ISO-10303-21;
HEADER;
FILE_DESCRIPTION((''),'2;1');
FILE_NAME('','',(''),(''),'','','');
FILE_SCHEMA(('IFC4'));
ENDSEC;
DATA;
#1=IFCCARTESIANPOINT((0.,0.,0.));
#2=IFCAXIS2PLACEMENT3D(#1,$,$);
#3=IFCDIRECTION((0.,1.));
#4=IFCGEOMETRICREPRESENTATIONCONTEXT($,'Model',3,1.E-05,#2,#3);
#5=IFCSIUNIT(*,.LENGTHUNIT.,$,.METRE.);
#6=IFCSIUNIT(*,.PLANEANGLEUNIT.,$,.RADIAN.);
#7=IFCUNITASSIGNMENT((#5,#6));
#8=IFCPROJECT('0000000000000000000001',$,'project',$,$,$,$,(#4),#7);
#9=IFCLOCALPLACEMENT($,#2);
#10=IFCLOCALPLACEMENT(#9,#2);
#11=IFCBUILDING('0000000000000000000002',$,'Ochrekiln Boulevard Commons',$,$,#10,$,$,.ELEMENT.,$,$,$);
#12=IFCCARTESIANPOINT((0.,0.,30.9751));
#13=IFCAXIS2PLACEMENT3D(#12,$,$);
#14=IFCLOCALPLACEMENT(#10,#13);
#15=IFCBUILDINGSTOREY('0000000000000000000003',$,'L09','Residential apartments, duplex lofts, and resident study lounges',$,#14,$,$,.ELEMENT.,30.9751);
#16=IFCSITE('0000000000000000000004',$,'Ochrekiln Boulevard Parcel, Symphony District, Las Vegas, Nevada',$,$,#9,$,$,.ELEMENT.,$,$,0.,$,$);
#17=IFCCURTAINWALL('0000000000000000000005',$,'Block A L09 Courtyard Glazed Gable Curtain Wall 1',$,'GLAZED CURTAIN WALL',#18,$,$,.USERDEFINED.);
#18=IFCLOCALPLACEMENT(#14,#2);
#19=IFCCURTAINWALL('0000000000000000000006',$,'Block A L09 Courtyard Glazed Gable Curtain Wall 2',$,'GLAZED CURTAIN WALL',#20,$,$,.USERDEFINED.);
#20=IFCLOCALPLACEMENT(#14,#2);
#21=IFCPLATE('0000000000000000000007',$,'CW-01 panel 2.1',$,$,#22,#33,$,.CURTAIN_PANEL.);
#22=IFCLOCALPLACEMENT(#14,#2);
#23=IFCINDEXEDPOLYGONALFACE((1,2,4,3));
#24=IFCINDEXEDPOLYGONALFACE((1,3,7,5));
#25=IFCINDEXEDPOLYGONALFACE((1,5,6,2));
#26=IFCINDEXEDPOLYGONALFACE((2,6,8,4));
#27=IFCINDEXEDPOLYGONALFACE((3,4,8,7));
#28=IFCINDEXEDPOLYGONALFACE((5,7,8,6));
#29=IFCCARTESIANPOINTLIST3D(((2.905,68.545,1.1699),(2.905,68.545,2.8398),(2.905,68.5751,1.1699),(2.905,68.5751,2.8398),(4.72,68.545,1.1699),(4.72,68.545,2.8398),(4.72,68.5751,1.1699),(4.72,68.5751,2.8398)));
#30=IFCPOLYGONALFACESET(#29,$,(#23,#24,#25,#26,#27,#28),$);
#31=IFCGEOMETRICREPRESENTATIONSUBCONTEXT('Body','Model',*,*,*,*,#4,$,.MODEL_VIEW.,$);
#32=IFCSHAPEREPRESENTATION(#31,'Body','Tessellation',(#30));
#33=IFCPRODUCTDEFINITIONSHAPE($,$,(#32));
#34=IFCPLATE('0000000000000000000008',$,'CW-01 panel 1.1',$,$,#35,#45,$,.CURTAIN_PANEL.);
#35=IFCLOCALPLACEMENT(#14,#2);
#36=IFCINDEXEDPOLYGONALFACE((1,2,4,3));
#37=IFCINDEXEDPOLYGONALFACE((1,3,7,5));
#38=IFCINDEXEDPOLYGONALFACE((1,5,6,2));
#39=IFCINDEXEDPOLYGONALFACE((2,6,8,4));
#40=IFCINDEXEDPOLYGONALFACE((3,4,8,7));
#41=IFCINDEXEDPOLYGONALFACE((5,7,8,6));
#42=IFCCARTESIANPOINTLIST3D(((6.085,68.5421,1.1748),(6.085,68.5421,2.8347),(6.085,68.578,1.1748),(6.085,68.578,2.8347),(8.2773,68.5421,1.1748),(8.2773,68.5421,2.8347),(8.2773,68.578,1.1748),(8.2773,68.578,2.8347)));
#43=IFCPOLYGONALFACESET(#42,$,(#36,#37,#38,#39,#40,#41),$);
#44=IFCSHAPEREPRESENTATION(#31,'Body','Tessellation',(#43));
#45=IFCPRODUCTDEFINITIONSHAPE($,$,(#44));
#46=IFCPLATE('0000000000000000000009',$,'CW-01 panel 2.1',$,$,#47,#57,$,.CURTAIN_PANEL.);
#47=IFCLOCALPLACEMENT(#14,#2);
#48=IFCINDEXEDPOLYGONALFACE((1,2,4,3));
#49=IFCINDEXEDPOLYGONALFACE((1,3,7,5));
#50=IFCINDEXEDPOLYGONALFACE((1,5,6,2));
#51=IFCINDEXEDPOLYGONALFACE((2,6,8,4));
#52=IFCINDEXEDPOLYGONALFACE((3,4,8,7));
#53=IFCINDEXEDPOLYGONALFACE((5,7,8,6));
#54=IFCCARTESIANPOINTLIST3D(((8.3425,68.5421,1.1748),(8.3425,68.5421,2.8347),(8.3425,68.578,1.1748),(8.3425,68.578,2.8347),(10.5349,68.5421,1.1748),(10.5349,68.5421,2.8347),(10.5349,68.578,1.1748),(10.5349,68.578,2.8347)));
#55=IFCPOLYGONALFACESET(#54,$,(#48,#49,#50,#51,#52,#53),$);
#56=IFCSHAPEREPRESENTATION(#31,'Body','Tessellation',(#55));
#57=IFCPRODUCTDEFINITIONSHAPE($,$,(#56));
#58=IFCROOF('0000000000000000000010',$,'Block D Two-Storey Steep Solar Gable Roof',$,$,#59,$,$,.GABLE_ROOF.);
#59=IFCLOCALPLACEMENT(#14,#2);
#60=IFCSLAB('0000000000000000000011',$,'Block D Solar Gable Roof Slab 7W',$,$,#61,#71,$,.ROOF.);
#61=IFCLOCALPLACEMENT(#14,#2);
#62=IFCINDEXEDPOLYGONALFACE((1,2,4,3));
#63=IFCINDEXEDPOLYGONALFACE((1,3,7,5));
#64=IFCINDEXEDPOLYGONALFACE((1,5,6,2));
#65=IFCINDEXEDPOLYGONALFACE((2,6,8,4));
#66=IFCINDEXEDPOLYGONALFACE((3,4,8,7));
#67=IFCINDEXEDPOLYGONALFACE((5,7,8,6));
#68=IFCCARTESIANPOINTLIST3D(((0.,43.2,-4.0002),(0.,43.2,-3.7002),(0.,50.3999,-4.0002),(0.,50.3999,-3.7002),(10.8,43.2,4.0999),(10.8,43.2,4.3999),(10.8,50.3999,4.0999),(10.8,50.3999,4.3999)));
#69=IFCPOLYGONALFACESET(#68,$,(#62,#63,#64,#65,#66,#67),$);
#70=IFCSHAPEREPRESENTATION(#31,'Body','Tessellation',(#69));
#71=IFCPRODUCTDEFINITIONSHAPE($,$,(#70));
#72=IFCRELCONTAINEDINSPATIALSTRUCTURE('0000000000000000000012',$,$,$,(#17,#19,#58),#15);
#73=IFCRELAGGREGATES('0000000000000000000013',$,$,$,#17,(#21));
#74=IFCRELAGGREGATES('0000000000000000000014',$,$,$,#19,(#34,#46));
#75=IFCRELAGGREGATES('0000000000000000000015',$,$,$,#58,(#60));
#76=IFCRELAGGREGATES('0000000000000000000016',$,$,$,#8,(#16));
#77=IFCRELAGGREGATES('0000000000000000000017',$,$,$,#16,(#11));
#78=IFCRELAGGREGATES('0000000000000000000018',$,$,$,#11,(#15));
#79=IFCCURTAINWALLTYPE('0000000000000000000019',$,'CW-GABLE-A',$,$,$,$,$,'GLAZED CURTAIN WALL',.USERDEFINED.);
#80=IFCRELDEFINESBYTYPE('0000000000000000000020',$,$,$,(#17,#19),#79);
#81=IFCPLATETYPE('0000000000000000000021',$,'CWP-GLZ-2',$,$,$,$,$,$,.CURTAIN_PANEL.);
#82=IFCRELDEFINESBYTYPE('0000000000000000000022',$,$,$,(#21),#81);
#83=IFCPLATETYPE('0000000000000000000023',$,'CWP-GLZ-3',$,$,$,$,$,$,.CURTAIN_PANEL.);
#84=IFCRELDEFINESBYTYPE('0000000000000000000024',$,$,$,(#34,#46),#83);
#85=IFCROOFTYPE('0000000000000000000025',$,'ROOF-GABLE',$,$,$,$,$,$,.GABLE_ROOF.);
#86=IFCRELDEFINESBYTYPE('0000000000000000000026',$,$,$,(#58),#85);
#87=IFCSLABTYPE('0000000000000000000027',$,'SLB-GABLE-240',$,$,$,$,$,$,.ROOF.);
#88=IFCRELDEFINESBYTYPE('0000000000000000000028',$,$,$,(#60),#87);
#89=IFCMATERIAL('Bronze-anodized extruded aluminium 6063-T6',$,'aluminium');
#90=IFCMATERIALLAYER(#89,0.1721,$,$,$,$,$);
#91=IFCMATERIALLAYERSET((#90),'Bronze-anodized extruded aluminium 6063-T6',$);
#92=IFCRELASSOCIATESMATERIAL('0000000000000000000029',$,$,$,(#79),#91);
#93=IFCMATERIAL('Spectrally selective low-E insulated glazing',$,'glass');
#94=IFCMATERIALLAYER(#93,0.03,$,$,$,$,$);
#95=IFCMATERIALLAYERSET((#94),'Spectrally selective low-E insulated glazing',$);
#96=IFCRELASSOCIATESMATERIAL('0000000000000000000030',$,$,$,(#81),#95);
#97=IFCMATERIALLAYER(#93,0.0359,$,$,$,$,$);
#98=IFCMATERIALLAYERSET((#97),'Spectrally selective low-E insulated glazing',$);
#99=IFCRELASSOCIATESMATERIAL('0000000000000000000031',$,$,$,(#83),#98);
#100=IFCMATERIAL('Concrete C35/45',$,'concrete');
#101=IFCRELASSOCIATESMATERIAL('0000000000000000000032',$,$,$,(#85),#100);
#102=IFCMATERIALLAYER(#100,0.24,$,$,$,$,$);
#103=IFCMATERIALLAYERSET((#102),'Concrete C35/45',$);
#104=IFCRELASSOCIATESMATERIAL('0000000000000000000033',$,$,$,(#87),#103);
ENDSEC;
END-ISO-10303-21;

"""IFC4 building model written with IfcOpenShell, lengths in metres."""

from ifc_helpers import new_model, si_unit, direction, frame, origin, origin_2d, place, context, subcontext, project, spatial, polyline, rectangle, outline, extrude, material, layer, layer_set, type_object, element, aggregate, save


model = new_model("IFC4")

# Units and contexts
model_context = context("Model", 3, precision=1e-05, world=origin(), true_north=direction((0.0, 1.0)))
body_context = subcontext(model_context, "Body", "Model", "MODEL_VIEW")
ifc_project = project(units=[si_unit("LENGTHUNIT", "METRE"), si_unit("PLANEANGLEUNIT", "RADIAN")], contexts=[model_context])

# Site, building, storey
site_placement = place(None, origin())
site = spatial("IfcSite", under=ifc_project, at=site_placement, Name="Ochrekiln Boulevard Parcel, Symphony District, Las Vegas, Nevada", CompositionType="ELEMENT", RefElevation=0.0)
building_placement = place(site_placement, origin())
building = spatial("IfcBuilding", under=site, at=building_placement, Name="Ochrekiln Boulevard Commons", CompositionType="ELEMENT")
storey_placement = place(building_placement, frame((0.0, 0.0, 30.9751)))
storey = spatial("IfcBuildingStorey", under=building, at=storey_placement, Name="L09", Description="Residential apartments, duplex lofts, and resident study lounges", CompositionType="ELEMENT", Elevation=30.9751)

# Curtain walls
ifc_material_1 = material(Name="Bronze-anodized extruded aluminium 6063-T6", Category="aluminium")
ifc_layer_1 = layer(ifc_material_1, 0.1721)
ifc_layer_set_1 = layer_set([ifc_layer_1], Name="Bronze-anodized extruded aluminium 6063-T6")
curtain_wall_type = type_object("IfcCurtainWallType", Name="CW-GABLE-A", ElementType="GLAZED CURTAIN WALL", PredefinedType="USERDEFINED", material=ifc_layer_set_1)
curtain_wall_1_placement = place(storey_placement, origin())
curtain_wall_1 = element("IfcCurtainWall", 1, at=curtain_wall_1_placement, inside=storey, type_object=curtain_wall_type, Name="Block A L09 Courtyard Glazed Gable Curtain Wall 1", ObjectType="GLAZED CURTAIN WALL", PredefinedType="USERDEFINED")
curtain_wall_2_placement = place(storey_placement, origin())
curtain_wall_2 = element("IfcCurtainWall", 2, at=curtain_wall_2_placement, inside=storey, type_object=curtain_wall_type, Name="Block A L09 Courtyard Glazed Gable Curtain Wall 2", ObjectType="GLAZED CURTAIN WALL", PredefinedType="USERDEFINED")

# Plates
ifc_material_2 = material(Name="Spectrally selective low-E insulated glazing", Category="glass")
ifc_layer_2 = layer(ifc_material_2, 0.03)
ifc_layer_set_2 = layer_set([ifc_layer_2], Name="Spectrally selective low-E insulated glazing")
plate_type_1 = type_object("IfcPlateType", Name="CWP-GLZ-2", PredefinedType="CURTAIN_PANEL", material=ifc_layer_set_2)
plate_1_placement = place(storey_placement, frame((3.8125, 68.5601, 1.1699), z_axis=(0.0, 0.0, 1.0), x_axis=(1.0, 0.0, 0.0)))
plate_1 = element("IfcPlate", 3, at=plate_1_placement, type_object=plate_type_1, Name="CW-01 panel 2.1", PredefinedType="CURTAIN_PANEL", context=body_context, shape_type="SweptSolid", body=[
    extrude(rectangle(XDim=1.8149, YDim=0.03, at=origin_2d()), origin(), (0.0, 0.0, 1.0), 1.6699),
])
aggregate(curtain_wall_1, [plate_1])
ifc_layer_3 = layer(ifc_material_2, 0.0359)
ifc_layer_set_3 = layer_set([ifc_layer_3], Name="Spectrally selective low-E insulated glazing")
plate_type_2 = type_object("IfcPlateType", Name="CWP-GLZ-3", PredefinedType="CURTAIN_PANEL", material=ifc_layer_set_3)
plate_2_placement = place(storey_placement, frame((7.1812, 68.5601, 1.1748), z_axis=(0.0, 0.0, 1.0), x_axis=(1.0, 0.0, 0.0)))
plate_2 = element("IfcPlate", 4, at=plate_2_placement, type_object=plate_type_2, Name="CW-01 panel 1.1", PredefinedType="CURTAIN_PANEL", context=body_context, shape_type="SweptSolid", body=[
    extrude(rectangle(XDim=2.1924, YDim=0.0359, at=origin_2d()), origin(), (0.0, 0.0, 1.0), 1.6599),
])
plate_3_placement = place(storey_placement, frame((9.4387, 68.5601, 1.1748), z_axis=(0.0, 0.0, 1.0), x_axis=(1.0, 0.0, 0.0)))
plate_3 = element("IfcPlate", 5, at=plate_3_placement, type_object=plate_type_2, Name="CW-01 panel 2.1", PredefinedType="CURTAIN_PANEL", context=body_context, shape_type="SweptSolid", body=[
    extrude(rectangle(XDim=2.1924, YDim=0.0359, at=origin_2d()), origin(), (0.0, 0.0, 1.0), 1.6599),
])
aggregate(curtain_wall_2, [plate_2, plate_3])

# Roof, slab
ifc_material_3 = material(Name="Concrete C35/45", Category="concrete")
roof_type = type_object("IfcRoofType", Name="ROOF-GABLE", PredefinedType="GABLE_ROOF", material=ifc_material_3)
roof_placement = place(storey_placement, origin())
roof = element("IfcRoof", 6, at=roof_placement, inside=storey, type_object=roof_type, Name="Block D Two-Storey Steep Solar Gable Roof", PredefinedType="GABLE_ROOF")
ifc_layer_4 = layer(ifc_material_3, 0.24)
ifc_layer_set_4 = layer_set([ifc_layer_4], Name="Concrete C35/45")
slab_type = type_object("IfcSlabType", Name="SLB-GABLE-240", PredefinedType="ROOF", material=ifc_layer_set_4)
slab_placement = place(storey_placement, frame((0.0, 50.3999, -3.7002), z_axis=(0.0, -1.0, 0.0), x_axis=(1.0, 0.0, 0.0)))
slab = element("IfcSlab", 7, at=slab_placement, type_object=slab_type, Name="Block D Solar Gable Roof Slab 7W", PredefinedType="ROOF", context=body_context, shape_type="SweptSolid", body=[
    extrude(outline(polyline([(0.0, 0.0), (10.8, 8.1001), (10.8, 7.8), (0.0, -0.3), (0.0, 0.0)])), origin(), (0.0, 0.0, 1.0), 7.2),
])
aggregate(roof, [slab])

save(model, "model.ifc")
